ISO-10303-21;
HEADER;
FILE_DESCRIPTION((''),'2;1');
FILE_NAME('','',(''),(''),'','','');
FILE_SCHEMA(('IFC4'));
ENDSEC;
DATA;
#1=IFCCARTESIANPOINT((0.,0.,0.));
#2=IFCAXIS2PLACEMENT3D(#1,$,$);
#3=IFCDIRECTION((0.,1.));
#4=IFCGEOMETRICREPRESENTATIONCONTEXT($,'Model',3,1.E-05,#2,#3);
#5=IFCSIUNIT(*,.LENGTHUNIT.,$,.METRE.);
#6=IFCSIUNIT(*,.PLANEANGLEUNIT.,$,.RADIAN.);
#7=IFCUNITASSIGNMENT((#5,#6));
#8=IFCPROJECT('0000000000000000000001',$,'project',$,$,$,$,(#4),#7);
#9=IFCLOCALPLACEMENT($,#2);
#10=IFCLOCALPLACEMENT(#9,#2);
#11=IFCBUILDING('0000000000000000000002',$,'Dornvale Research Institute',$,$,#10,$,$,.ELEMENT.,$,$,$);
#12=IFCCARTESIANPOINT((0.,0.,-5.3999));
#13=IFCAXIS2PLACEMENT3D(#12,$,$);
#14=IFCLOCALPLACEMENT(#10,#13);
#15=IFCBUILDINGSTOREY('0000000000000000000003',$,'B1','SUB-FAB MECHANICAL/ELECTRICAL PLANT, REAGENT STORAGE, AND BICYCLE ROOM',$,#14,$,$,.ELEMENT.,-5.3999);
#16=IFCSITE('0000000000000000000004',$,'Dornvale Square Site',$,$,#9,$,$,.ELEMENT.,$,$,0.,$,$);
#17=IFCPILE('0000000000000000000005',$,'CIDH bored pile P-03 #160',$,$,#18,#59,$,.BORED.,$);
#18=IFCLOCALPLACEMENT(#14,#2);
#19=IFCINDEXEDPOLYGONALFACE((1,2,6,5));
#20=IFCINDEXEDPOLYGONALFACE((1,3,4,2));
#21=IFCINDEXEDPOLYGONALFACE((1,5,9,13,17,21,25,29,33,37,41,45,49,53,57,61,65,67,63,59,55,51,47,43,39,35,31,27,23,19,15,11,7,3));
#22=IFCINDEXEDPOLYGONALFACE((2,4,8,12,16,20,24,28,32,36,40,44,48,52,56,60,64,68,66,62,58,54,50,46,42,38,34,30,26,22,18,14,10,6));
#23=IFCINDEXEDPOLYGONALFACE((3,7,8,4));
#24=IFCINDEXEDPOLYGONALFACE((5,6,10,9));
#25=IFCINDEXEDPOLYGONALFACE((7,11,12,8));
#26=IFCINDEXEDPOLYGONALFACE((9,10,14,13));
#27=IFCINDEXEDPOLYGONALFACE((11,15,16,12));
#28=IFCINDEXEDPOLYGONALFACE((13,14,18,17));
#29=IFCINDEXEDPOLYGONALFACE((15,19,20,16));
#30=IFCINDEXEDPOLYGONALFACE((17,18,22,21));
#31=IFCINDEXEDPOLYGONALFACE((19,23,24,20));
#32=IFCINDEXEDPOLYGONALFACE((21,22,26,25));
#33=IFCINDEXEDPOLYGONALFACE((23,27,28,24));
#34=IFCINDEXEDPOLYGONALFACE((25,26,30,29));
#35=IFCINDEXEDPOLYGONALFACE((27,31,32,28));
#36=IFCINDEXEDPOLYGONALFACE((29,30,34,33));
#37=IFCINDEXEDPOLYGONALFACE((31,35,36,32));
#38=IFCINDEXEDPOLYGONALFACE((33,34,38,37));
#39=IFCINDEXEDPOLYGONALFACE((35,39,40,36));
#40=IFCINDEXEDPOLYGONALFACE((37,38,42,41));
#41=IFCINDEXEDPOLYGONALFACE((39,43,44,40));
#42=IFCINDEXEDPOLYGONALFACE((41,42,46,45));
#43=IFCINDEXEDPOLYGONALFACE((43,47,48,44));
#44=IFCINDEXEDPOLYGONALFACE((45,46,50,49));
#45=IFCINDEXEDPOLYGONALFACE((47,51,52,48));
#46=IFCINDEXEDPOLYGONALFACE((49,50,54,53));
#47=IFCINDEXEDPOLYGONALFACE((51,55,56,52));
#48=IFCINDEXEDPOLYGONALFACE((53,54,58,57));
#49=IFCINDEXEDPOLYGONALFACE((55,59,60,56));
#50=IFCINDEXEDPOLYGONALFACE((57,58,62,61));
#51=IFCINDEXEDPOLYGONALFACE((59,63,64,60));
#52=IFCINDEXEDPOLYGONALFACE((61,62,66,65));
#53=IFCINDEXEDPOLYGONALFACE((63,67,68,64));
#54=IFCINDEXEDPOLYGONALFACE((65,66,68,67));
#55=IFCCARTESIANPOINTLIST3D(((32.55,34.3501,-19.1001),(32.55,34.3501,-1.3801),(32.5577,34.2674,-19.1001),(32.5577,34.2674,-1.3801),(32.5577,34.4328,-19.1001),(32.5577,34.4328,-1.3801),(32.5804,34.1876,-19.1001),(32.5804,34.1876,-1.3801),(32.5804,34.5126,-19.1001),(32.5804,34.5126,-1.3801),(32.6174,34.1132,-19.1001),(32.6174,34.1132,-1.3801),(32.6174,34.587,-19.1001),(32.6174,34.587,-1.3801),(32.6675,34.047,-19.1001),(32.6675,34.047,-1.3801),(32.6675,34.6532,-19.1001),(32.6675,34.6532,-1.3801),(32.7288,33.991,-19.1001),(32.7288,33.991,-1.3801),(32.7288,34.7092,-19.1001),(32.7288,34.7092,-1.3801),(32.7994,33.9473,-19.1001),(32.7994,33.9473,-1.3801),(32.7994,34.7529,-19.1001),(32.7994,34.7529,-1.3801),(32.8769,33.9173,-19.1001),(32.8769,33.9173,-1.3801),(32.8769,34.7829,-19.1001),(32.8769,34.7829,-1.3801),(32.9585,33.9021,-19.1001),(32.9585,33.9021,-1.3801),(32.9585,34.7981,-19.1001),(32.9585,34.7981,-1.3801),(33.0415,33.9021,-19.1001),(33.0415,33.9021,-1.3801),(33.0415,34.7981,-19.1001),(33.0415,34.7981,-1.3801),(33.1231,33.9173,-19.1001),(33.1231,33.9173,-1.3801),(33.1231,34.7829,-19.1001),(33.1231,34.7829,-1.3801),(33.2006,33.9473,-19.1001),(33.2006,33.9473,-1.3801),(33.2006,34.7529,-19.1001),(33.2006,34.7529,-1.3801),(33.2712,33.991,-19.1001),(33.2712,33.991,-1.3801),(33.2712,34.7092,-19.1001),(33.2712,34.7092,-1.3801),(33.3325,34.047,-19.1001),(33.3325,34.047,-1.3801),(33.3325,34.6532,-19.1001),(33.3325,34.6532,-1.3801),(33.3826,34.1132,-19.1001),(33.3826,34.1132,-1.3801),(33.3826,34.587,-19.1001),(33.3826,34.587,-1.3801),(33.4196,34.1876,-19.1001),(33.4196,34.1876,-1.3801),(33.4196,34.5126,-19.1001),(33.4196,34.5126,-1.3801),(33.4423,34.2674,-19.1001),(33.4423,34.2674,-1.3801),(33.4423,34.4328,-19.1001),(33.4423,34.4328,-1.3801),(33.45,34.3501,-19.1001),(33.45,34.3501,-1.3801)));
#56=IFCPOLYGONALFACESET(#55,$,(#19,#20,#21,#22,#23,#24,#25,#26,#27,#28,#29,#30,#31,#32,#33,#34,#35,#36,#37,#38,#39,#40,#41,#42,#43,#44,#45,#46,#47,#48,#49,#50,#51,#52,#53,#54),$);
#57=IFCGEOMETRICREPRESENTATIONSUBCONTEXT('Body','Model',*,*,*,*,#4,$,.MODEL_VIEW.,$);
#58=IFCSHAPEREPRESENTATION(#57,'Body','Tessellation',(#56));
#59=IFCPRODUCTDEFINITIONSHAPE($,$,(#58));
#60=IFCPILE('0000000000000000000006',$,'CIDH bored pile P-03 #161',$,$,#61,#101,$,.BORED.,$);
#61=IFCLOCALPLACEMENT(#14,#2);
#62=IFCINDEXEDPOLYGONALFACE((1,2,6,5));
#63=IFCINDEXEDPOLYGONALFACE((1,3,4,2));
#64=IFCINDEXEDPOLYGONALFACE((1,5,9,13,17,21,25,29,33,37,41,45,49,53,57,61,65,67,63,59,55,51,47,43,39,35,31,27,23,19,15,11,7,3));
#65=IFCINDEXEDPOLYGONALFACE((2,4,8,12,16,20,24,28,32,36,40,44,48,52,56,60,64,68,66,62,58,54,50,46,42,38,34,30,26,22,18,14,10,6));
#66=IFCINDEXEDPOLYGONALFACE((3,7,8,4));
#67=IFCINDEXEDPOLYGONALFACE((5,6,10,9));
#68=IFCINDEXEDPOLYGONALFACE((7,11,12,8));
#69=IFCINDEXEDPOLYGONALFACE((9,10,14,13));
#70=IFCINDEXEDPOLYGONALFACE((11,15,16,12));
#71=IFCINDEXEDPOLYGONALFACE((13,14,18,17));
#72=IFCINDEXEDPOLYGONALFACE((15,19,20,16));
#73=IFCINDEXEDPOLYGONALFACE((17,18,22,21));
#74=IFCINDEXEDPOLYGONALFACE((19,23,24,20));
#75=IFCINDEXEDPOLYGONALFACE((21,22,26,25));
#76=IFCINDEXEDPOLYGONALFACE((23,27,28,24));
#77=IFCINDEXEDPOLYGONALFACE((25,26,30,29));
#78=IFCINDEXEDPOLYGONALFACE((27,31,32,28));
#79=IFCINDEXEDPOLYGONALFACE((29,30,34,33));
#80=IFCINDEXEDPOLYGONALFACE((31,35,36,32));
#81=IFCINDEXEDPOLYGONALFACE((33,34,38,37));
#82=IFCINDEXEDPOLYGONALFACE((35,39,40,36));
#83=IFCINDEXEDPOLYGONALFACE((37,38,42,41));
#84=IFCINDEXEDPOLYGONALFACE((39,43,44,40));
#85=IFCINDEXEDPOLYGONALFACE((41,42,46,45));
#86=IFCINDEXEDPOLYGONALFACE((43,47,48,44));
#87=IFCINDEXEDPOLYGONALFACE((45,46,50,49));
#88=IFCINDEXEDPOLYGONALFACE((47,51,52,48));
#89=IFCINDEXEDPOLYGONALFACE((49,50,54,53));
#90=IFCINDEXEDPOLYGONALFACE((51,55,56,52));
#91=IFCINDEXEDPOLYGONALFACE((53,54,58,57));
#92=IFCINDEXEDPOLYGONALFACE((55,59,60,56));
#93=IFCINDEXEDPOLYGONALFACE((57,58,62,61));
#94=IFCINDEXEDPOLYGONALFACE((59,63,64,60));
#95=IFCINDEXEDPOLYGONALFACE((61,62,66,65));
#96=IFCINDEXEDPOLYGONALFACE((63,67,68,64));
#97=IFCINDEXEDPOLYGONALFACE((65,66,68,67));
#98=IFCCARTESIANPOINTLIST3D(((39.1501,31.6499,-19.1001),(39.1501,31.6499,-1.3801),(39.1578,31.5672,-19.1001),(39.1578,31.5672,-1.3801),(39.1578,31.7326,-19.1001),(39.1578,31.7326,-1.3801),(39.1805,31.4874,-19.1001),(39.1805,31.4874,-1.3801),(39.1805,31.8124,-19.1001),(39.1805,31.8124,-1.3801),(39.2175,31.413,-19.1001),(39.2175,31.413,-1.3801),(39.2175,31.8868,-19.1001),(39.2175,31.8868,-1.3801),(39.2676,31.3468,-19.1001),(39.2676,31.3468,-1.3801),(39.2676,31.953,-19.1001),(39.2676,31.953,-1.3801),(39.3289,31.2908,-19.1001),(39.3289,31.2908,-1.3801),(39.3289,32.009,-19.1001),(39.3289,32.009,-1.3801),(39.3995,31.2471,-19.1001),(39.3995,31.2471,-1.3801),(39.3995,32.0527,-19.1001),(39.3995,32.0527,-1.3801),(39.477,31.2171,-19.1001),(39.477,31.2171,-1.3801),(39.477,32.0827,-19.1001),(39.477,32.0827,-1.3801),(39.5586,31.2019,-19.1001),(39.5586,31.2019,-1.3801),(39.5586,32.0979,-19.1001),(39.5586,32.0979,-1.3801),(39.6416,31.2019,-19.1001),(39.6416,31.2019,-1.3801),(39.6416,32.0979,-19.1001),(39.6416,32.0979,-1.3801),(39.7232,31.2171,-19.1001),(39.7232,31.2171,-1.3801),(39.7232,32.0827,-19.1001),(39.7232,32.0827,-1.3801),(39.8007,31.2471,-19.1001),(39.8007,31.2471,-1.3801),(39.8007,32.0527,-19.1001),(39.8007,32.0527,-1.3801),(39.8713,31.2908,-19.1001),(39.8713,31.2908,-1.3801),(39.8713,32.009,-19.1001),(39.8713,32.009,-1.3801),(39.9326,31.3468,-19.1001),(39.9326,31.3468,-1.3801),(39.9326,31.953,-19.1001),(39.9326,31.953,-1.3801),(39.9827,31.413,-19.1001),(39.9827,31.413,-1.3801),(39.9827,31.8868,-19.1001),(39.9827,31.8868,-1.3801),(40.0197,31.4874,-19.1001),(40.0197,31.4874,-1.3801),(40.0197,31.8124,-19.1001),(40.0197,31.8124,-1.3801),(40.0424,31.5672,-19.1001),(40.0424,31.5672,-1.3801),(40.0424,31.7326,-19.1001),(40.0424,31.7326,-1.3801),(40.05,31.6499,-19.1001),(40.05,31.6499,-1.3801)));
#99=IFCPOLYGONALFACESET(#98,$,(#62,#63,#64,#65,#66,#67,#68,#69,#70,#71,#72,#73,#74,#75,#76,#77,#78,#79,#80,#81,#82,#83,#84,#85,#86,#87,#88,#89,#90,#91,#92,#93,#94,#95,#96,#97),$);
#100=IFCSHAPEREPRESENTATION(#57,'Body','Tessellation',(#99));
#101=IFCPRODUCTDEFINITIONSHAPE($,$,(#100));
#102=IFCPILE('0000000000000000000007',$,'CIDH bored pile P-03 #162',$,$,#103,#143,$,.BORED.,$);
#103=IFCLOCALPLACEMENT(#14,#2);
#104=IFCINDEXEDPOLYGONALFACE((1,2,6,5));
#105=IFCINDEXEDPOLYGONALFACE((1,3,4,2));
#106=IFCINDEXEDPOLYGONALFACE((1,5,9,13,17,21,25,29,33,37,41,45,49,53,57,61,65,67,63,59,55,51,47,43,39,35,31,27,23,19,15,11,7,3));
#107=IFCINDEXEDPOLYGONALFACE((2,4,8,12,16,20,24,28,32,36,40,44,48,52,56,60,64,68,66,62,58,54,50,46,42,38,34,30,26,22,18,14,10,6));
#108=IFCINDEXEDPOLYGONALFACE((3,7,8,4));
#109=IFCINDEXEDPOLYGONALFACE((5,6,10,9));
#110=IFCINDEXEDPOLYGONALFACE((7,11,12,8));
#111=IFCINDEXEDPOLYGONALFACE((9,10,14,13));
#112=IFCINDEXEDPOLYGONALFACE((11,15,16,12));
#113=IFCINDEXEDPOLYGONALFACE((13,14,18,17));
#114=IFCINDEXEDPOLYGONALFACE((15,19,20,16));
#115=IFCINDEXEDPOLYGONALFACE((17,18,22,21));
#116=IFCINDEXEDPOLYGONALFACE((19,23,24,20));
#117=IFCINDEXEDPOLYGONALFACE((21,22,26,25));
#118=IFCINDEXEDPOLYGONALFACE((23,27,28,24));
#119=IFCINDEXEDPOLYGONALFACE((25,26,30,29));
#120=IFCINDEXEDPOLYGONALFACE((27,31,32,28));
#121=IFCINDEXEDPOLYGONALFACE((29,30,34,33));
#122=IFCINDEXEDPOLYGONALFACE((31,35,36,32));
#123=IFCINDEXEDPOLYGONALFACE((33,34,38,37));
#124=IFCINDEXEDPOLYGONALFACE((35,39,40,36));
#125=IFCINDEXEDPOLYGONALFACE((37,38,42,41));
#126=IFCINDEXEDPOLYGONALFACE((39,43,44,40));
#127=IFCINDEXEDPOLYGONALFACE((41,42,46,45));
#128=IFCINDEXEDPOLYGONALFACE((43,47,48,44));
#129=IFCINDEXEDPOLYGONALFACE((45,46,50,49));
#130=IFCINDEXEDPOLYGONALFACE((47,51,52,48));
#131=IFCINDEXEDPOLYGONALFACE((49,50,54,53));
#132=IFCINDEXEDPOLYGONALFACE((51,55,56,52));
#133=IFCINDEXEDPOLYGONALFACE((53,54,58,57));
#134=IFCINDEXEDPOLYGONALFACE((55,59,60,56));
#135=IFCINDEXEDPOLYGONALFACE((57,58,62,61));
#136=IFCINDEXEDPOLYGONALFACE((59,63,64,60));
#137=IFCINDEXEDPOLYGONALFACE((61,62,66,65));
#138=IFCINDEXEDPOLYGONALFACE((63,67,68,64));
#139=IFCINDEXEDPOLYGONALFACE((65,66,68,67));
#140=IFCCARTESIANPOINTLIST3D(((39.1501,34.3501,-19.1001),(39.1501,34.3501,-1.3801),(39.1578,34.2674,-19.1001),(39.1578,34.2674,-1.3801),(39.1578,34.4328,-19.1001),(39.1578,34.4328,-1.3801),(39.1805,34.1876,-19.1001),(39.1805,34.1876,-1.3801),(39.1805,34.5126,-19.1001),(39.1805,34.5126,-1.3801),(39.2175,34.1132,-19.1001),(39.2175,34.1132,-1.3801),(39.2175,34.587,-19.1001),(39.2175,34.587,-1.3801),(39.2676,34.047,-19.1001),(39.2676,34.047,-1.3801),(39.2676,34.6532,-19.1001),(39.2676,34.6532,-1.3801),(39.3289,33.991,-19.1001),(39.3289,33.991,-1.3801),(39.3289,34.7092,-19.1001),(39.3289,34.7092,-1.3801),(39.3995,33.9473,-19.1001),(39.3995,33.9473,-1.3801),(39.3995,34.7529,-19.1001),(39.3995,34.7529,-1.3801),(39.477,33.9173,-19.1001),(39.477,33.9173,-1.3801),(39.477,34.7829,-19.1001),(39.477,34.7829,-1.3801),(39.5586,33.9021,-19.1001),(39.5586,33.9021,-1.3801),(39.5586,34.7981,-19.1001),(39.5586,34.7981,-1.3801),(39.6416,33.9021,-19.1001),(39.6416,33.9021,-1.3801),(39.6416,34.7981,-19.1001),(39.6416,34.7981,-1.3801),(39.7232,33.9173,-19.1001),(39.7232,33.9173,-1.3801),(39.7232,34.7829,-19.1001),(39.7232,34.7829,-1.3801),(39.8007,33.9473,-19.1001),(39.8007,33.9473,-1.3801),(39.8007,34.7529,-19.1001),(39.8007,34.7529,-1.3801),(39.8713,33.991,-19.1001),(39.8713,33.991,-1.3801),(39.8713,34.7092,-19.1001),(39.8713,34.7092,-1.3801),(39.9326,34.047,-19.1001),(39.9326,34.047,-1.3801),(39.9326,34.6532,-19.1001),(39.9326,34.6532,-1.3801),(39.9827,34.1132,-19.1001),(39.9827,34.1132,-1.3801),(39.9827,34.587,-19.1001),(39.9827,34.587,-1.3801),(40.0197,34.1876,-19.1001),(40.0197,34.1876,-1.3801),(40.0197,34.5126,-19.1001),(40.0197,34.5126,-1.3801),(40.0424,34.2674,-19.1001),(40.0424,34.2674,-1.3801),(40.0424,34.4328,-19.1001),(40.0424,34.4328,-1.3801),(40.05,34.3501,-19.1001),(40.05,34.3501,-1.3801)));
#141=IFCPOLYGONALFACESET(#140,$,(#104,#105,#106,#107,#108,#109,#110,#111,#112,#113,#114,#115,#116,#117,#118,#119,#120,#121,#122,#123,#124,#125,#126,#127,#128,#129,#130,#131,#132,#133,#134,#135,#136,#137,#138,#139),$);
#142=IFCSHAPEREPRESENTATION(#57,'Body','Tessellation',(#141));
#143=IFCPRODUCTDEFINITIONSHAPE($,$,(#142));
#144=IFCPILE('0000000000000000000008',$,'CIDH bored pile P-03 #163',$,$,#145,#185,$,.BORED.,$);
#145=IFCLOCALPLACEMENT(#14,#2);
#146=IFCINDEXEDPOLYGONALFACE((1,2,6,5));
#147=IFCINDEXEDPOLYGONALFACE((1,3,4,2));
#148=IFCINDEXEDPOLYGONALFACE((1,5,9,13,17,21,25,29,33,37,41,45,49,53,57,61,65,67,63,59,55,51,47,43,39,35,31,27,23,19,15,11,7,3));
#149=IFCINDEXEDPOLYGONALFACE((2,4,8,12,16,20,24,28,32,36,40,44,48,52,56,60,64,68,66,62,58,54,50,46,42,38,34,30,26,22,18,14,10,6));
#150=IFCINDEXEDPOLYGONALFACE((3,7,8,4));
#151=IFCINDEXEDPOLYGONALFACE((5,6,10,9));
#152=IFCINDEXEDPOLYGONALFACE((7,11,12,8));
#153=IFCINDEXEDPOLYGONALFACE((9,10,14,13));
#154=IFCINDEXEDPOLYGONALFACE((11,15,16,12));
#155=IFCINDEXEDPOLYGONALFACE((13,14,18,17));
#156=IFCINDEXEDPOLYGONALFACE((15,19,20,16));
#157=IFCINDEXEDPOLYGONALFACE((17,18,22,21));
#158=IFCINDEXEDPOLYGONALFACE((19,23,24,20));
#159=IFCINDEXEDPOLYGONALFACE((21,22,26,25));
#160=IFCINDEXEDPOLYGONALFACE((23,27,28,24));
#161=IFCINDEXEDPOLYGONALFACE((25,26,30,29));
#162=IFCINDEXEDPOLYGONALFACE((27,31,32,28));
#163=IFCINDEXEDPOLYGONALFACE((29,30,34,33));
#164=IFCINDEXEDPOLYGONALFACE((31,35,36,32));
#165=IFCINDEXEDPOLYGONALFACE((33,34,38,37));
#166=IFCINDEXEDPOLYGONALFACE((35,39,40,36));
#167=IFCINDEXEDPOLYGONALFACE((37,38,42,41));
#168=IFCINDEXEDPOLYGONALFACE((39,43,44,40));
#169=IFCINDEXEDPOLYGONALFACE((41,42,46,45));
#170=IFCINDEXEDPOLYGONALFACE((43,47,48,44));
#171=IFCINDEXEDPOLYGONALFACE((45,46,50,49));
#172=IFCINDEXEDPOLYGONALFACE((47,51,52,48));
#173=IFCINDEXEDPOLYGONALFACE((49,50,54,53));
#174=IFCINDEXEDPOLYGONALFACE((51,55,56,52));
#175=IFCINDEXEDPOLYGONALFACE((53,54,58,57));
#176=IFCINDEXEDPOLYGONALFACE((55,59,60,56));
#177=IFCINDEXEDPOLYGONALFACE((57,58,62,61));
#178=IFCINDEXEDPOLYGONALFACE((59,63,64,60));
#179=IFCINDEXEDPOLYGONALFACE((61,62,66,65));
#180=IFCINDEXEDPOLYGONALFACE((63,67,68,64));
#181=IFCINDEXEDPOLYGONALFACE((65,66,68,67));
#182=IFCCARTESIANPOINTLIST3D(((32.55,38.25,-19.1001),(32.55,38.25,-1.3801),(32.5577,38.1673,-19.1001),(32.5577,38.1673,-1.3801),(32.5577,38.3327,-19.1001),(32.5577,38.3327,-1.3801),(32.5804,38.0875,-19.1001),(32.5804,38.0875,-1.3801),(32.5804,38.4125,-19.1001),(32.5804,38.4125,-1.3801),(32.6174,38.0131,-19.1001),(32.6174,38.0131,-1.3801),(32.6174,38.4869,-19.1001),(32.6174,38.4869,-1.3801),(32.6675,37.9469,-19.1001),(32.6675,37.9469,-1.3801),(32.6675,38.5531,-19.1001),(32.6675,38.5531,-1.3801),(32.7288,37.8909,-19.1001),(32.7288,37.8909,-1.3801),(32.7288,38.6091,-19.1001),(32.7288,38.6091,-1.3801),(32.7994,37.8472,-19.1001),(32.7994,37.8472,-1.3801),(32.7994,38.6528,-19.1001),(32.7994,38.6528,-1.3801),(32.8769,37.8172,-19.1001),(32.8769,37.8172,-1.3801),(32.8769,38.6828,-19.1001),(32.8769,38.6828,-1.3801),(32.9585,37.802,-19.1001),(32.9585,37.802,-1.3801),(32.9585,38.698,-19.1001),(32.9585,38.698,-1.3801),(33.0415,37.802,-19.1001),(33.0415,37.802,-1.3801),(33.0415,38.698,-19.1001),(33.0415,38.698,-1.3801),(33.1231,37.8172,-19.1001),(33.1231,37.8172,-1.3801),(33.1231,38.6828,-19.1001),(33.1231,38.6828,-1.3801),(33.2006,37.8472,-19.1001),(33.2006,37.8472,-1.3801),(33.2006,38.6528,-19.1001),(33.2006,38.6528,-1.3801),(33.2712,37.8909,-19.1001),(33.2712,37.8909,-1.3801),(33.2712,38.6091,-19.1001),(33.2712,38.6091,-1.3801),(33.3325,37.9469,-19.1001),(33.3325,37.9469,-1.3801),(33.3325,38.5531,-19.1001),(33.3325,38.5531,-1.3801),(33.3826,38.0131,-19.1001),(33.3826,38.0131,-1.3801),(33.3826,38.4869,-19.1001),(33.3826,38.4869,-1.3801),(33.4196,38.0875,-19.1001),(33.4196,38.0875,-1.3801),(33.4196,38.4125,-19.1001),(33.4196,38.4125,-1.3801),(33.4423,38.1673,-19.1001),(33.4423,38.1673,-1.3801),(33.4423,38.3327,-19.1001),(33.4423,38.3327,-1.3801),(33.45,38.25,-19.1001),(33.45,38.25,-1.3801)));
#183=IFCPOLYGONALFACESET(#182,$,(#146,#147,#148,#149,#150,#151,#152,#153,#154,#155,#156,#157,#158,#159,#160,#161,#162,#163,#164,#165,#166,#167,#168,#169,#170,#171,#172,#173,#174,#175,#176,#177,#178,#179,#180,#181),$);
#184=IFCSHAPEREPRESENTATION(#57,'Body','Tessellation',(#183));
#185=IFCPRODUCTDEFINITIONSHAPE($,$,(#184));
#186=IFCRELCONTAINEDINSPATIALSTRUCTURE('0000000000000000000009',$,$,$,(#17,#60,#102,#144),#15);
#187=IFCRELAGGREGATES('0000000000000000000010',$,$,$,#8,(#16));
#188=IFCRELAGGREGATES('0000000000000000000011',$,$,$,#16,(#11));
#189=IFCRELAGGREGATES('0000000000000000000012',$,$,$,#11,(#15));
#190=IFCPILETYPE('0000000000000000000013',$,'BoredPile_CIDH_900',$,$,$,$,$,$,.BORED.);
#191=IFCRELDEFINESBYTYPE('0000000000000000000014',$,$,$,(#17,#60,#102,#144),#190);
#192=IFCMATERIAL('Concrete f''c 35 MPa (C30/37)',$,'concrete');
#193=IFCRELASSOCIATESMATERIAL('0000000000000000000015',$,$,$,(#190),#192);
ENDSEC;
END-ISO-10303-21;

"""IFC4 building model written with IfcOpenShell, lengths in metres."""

from ifc_helpers import new_model, si_unit, direction, frame, origin, origin_2d, place, context, subcontext, project, spatial, circle, extrude, material, material_profile, profile_set, type_object, element, save


model = new_model("IFC4")

# Units and contexts
model_context = context("Model", 3, precision=1e-05, world=origin(), true_north=direction((0.0, 1.0)))
body_context = subcontext(model_context, "Body", "Model", "MODEL_VIEW")
ifc_project = project(units=[si_unit("LENGTHUNIT", "METRE"), si_unit("PLANEANGLEUNIT", "RADIAN")], contexts=[model_context])

# Site, building, storey
site_placement = place(None, origin())
site = spatial("IfcSite", under=ifc_project, at=site_placement, Name="Dornvale Square Site", CompositionType="ELEMENT", RefElevation=0.0)
building_placement = place(site_placement, origin())
building = spatial("IfcBuilding", under=site, at=building_placement, Name="Dornvale Research Institute", CompositionType="ELEMENT")
storey_placement = place(building_placement, frame((0.0, 0.0, -5.3999)))
storey = spatial("IfcBuildingStorey", under=building, at=storey_placement, Name="B1", Description="SUB-FAB MECHANICAL/ELECTRICAL PLANT, REAGENT STORAGE, AND BICYCLE ROOM", CompositionType="ELEMENT", Elevation=-5.3999)

# Piles
ifc_material_1 = material(Name="Concrete f'c 35 MPa (C30/37)", Category="concrete")
ifc_material_profile_1 = material_profile(ifc_material_1, circle(Radius=0.45, at=origin_2d()), Name="CIDH PILE D900")
ifc_profile_set_1 = profile_set([ifc_material_profile_1], Name="Concrete f'c 35 MPa (C30/37)")
pile_type = type_object("IfcPileType", Name="BoredPile_CIDH_900", PredefinedType="BORED", material=ifc_profile_set_1)
for number, where, z_axis, x_axis, name in (
    (1, (33.0, 34.3501, -1.3801), (0.0, 0.0, -1.0), (1.0, 0.0, 0.0), "CIDH bored pile P-03 #160"),
    (2, (39.6001, 31.6499, -1.3801), (0.0, 0.0, -1.0), (1.0, 0.0, 0.0), "CIDH bored pile P-03 #161"),
    (3, (39.6001, 34.3501, -1.3801), (0.0, 0.0, -1.0), (1.0, 0.0, 0.0), "CIDH bored pile P-03 #162"),
    (4, (33.0, 38.25, -1.3801), (0.0, 0.0, -1.0), (1.0, 0.0, 0.0), "CIDH bored pile P-03 #163"),
):
    element("IfcPile", number, at=place(storey_placement, frame(where, z_axis=z_axis, x_axis=x_axis)), inside=storey, type_object=pile_type, Name=name, PredefinedType="BORED", context=body_context, shape_type="SweptSolid", body=[
        extrude(circle(Radius=0.45, at=origin_2d()), origin(), (0.0, 0.0, 1.0), 17.72),
    ])

save(model, "model.ifc")
